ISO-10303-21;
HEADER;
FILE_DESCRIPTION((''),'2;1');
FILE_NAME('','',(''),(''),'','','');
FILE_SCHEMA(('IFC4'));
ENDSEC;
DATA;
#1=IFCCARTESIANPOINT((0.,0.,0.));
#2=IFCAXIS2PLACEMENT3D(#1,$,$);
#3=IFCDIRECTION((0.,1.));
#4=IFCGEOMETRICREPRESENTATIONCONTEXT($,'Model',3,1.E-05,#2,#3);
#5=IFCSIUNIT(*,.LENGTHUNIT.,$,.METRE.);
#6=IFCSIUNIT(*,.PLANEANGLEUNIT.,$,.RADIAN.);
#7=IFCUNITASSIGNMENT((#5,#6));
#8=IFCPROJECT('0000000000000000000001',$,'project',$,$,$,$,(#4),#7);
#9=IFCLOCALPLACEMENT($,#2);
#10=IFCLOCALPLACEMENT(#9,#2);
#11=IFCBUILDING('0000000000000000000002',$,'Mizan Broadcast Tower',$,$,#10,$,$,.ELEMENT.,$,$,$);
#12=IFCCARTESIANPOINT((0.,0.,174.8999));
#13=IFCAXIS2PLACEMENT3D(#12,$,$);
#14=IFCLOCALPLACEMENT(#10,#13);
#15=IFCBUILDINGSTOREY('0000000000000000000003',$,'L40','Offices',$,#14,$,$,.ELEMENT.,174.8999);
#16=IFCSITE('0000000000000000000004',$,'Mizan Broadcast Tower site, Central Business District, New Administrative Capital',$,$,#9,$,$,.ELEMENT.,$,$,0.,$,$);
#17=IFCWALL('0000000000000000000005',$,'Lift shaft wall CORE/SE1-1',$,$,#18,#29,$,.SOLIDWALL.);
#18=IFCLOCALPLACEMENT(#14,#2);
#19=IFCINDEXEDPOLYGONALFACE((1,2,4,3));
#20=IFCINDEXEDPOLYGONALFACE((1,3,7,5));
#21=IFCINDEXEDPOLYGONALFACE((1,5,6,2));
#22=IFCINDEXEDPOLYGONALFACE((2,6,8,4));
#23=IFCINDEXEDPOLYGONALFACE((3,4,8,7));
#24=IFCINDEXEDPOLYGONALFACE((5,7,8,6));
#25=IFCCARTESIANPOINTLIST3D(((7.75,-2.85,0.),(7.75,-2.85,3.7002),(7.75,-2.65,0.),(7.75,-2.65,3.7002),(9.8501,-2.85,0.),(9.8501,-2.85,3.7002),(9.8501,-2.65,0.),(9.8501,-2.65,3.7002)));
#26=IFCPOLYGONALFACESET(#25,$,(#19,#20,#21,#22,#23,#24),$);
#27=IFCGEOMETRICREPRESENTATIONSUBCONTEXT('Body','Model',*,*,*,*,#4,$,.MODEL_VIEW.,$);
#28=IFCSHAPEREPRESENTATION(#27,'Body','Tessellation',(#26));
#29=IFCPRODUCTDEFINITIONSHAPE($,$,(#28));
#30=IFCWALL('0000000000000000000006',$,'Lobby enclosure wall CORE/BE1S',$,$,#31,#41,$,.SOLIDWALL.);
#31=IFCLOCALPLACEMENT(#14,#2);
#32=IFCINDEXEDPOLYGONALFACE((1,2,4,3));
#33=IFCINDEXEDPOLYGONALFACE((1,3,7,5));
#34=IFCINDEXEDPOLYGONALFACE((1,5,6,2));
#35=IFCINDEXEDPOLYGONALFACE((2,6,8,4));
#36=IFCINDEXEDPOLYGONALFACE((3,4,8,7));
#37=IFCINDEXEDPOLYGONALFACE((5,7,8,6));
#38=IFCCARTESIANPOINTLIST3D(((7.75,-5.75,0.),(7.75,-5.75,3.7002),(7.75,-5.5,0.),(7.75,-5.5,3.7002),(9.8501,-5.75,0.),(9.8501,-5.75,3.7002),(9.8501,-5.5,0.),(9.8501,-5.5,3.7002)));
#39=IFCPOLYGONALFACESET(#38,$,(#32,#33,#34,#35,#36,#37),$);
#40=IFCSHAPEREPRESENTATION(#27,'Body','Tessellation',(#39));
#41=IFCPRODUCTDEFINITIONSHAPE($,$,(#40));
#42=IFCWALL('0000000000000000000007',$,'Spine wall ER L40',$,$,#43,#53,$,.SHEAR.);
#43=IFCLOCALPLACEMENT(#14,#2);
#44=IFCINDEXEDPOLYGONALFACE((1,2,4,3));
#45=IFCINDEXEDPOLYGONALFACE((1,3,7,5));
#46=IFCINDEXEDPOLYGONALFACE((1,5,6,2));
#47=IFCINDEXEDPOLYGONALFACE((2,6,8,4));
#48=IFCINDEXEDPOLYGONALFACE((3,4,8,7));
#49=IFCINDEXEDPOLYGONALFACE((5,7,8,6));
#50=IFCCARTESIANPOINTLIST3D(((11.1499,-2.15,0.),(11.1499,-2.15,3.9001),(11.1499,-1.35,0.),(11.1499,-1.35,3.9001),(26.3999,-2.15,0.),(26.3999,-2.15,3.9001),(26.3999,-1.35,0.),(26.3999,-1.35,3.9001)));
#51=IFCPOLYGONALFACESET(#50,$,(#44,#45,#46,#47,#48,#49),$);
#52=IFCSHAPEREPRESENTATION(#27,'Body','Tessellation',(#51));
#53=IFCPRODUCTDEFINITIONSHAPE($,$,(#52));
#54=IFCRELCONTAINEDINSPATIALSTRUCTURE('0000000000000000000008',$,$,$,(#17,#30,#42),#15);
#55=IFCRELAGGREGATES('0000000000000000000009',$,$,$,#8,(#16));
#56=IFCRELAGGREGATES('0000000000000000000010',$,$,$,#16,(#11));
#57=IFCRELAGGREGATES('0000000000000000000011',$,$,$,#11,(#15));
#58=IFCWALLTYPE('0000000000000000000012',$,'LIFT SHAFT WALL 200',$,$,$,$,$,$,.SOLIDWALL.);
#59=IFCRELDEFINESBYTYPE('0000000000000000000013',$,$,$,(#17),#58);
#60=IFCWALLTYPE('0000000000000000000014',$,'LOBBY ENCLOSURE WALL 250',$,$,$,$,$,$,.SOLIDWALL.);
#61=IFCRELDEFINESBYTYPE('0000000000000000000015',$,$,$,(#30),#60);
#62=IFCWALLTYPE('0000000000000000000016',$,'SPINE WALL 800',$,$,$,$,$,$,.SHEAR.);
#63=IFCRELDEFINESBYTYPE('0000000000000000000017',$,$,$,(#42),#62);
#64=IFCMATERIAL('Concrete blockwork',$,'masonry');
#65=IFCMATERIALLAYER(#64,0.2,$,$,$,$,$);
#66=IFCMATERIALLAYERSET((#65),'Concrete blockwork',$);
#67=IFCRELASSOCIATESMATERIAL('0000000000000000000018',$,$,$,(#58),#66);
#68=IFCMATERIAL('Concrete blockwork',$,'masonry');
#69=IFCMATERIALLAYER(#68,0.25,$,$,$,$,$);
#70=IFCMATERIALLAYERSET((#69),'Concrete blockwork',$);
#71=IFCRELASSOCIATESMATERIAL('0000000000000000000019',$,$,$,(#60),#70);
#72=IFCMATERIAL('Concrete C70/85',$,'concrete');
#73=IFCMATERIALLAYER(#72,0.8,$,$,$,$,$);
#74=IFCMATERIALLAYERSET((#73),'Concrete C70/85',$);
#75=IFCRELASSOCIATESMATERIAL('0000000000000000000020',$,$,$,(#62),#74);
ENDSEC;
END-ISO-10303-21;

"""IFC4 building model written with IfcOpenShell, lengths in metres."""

from ifc_helpers import new_model, si_unit, direction, frame, frame_2d, origin, place, context, subcontext, project, spatial, rectangle, extrude, material, layer, layer_set, type_object, element, save


model = new_model("IFC4")

# Units and contexts
model_context = context("Model", 3, precision=1e-05, world=origin(), true_north=direction((0.0, 1.0)))
body_context = subcontext(model_context, "Body", "Model", "MODEL_VIEW")
ifc_project = project(units=[si_unit("LENGTHUNIT", "METRE"), si_unit("PLANEANGLEUNIT", "RADIAN")], contexts=[model_context])

# Site, building, storey
site_placement = place(None, origin())
site = spatial("IfcSite", under=ifc_project, at=site_placement, Name="Mizan Broadcast Tower site, Central Business District, New Administrative Capital", CompositionType="ELEMENT", RefElevation=0.0)
building_placement = place(site_placement, origin())
building = spatial("IfcBuilding", under=site, at=building_placement, Name="Mizan Broadcast Tower", CompositionType="ELEMENT")
storey_placement = place(building_placement, frame((0.0, 0.0, 174.8999)))
storey = spatial("IfcBuildingStorey", under=building, at=storey_placement, Name="L40", Description="Offices", CompositionType="ELEMENT", Elevation=174.8999)

# Walls
ifc_material_1 = material(Name="Concrete blockwork", Category="masonry")
ifc_layer_1 = layer(ifc_material_1, 0.2)
ifc_layer_set_1 = layer_set([ifc_layer_1], Name="Concrete blockwork")
wall_type_1 = type_object("IfcWallType", Name="LIFT SHAFT WALL 200", PredefinedType="SOLIDWALL", material=ifc_layer_set_1)
wall_1_placement = place(storey_placement, frame((7.75, -2.75, 0.0), z_axis=(0.0, 0.0, 1.0), x_axis=(1.0, 0.0, 0.0)))
element("IfcWall", 1, at=wall_1_placement, inside=storey, type_object=wall_type_1, Name="Lift shaft wall CORE/SE1-1", PredefinedType="SOLIDWALL", context=body_context, shape_type="SweptSolid", body=[
    extrude(rectangle(XDim=2.1001, YDim=0.2, at=frame_2d((1.05, 0.0))), origin(), (0.0, 0.0, 1.0), 3.7002),
])
ifc_material_2 = material(Name="Concrete blockwork", Category="masonry")
ifc_layer_2 = layer(ifc_material_2, 0.25)
ifc_layer_set_2 = layer_set([ifc_layer_2], Name="Concrete blockwork")
wall_type_2 = type_object("IfcWallType", Name="LOBBY ENCLOSURE WALL 250", PredefinedType="SOLIDWALL", material=ifc_layer_set_2)
wall_2_placement = place(storey_placement, frame((7.75, -5.625, 0.0), z_axis=(0.0, 0.0, 1.0), x_axis=(1.0, 0.0, 0.0)))
element("IfcWall", 2, at=wall_2_placement, inside=storey, type_object=wall_type_2, Name="Lobby enclosure wall CORE/BE1S", PredefinedType="SOLIDWALL", context=body_context, shape_type="SweptSolid", body=[
    extrude(rectangle(XDim=2.1001, YDim=0.25, at=frame_2d((1.05, 0.0))), origin(), (0.0, 0.0, 1.0), 3.7002),
])
ifc_material_3 = material(Name="Concrete C70/85", Category="concrete")
ifc_layer_3 = layer(ifc_material_3, 0.8)
ifc_layer_set_3 = layer_set([ifc_layer_3], Name="Concrete C70/85")
wall_type_3 = type_object("IfcWallType", Name="SPINE WALL 800", PredefinedType="SHEAR", material=ifc_layer_set_3)
wall_3_placement = place(storey_placement, frame((11.1499, -1.75, 0.0), z_axis=(0.0, 0.0, 1.0), x_axis=(1.0, 0.0, 0.0)))
element("IfcWall", 3, at=wall_3_placement, inside=storey, type_object=wall_type_3, Name="Spine wall ER L40", PredefinedType="SHEAR", context=body_context, shape_type="SweptSolid", body=[
    extrude(rectangle(XDim=15.25, YDim=0.8, at=frame_2d((7.625, 0.0))), origin(), (0.0, 0.0, 1.0), 3.9001),
])

save(model, "model.ifc")
